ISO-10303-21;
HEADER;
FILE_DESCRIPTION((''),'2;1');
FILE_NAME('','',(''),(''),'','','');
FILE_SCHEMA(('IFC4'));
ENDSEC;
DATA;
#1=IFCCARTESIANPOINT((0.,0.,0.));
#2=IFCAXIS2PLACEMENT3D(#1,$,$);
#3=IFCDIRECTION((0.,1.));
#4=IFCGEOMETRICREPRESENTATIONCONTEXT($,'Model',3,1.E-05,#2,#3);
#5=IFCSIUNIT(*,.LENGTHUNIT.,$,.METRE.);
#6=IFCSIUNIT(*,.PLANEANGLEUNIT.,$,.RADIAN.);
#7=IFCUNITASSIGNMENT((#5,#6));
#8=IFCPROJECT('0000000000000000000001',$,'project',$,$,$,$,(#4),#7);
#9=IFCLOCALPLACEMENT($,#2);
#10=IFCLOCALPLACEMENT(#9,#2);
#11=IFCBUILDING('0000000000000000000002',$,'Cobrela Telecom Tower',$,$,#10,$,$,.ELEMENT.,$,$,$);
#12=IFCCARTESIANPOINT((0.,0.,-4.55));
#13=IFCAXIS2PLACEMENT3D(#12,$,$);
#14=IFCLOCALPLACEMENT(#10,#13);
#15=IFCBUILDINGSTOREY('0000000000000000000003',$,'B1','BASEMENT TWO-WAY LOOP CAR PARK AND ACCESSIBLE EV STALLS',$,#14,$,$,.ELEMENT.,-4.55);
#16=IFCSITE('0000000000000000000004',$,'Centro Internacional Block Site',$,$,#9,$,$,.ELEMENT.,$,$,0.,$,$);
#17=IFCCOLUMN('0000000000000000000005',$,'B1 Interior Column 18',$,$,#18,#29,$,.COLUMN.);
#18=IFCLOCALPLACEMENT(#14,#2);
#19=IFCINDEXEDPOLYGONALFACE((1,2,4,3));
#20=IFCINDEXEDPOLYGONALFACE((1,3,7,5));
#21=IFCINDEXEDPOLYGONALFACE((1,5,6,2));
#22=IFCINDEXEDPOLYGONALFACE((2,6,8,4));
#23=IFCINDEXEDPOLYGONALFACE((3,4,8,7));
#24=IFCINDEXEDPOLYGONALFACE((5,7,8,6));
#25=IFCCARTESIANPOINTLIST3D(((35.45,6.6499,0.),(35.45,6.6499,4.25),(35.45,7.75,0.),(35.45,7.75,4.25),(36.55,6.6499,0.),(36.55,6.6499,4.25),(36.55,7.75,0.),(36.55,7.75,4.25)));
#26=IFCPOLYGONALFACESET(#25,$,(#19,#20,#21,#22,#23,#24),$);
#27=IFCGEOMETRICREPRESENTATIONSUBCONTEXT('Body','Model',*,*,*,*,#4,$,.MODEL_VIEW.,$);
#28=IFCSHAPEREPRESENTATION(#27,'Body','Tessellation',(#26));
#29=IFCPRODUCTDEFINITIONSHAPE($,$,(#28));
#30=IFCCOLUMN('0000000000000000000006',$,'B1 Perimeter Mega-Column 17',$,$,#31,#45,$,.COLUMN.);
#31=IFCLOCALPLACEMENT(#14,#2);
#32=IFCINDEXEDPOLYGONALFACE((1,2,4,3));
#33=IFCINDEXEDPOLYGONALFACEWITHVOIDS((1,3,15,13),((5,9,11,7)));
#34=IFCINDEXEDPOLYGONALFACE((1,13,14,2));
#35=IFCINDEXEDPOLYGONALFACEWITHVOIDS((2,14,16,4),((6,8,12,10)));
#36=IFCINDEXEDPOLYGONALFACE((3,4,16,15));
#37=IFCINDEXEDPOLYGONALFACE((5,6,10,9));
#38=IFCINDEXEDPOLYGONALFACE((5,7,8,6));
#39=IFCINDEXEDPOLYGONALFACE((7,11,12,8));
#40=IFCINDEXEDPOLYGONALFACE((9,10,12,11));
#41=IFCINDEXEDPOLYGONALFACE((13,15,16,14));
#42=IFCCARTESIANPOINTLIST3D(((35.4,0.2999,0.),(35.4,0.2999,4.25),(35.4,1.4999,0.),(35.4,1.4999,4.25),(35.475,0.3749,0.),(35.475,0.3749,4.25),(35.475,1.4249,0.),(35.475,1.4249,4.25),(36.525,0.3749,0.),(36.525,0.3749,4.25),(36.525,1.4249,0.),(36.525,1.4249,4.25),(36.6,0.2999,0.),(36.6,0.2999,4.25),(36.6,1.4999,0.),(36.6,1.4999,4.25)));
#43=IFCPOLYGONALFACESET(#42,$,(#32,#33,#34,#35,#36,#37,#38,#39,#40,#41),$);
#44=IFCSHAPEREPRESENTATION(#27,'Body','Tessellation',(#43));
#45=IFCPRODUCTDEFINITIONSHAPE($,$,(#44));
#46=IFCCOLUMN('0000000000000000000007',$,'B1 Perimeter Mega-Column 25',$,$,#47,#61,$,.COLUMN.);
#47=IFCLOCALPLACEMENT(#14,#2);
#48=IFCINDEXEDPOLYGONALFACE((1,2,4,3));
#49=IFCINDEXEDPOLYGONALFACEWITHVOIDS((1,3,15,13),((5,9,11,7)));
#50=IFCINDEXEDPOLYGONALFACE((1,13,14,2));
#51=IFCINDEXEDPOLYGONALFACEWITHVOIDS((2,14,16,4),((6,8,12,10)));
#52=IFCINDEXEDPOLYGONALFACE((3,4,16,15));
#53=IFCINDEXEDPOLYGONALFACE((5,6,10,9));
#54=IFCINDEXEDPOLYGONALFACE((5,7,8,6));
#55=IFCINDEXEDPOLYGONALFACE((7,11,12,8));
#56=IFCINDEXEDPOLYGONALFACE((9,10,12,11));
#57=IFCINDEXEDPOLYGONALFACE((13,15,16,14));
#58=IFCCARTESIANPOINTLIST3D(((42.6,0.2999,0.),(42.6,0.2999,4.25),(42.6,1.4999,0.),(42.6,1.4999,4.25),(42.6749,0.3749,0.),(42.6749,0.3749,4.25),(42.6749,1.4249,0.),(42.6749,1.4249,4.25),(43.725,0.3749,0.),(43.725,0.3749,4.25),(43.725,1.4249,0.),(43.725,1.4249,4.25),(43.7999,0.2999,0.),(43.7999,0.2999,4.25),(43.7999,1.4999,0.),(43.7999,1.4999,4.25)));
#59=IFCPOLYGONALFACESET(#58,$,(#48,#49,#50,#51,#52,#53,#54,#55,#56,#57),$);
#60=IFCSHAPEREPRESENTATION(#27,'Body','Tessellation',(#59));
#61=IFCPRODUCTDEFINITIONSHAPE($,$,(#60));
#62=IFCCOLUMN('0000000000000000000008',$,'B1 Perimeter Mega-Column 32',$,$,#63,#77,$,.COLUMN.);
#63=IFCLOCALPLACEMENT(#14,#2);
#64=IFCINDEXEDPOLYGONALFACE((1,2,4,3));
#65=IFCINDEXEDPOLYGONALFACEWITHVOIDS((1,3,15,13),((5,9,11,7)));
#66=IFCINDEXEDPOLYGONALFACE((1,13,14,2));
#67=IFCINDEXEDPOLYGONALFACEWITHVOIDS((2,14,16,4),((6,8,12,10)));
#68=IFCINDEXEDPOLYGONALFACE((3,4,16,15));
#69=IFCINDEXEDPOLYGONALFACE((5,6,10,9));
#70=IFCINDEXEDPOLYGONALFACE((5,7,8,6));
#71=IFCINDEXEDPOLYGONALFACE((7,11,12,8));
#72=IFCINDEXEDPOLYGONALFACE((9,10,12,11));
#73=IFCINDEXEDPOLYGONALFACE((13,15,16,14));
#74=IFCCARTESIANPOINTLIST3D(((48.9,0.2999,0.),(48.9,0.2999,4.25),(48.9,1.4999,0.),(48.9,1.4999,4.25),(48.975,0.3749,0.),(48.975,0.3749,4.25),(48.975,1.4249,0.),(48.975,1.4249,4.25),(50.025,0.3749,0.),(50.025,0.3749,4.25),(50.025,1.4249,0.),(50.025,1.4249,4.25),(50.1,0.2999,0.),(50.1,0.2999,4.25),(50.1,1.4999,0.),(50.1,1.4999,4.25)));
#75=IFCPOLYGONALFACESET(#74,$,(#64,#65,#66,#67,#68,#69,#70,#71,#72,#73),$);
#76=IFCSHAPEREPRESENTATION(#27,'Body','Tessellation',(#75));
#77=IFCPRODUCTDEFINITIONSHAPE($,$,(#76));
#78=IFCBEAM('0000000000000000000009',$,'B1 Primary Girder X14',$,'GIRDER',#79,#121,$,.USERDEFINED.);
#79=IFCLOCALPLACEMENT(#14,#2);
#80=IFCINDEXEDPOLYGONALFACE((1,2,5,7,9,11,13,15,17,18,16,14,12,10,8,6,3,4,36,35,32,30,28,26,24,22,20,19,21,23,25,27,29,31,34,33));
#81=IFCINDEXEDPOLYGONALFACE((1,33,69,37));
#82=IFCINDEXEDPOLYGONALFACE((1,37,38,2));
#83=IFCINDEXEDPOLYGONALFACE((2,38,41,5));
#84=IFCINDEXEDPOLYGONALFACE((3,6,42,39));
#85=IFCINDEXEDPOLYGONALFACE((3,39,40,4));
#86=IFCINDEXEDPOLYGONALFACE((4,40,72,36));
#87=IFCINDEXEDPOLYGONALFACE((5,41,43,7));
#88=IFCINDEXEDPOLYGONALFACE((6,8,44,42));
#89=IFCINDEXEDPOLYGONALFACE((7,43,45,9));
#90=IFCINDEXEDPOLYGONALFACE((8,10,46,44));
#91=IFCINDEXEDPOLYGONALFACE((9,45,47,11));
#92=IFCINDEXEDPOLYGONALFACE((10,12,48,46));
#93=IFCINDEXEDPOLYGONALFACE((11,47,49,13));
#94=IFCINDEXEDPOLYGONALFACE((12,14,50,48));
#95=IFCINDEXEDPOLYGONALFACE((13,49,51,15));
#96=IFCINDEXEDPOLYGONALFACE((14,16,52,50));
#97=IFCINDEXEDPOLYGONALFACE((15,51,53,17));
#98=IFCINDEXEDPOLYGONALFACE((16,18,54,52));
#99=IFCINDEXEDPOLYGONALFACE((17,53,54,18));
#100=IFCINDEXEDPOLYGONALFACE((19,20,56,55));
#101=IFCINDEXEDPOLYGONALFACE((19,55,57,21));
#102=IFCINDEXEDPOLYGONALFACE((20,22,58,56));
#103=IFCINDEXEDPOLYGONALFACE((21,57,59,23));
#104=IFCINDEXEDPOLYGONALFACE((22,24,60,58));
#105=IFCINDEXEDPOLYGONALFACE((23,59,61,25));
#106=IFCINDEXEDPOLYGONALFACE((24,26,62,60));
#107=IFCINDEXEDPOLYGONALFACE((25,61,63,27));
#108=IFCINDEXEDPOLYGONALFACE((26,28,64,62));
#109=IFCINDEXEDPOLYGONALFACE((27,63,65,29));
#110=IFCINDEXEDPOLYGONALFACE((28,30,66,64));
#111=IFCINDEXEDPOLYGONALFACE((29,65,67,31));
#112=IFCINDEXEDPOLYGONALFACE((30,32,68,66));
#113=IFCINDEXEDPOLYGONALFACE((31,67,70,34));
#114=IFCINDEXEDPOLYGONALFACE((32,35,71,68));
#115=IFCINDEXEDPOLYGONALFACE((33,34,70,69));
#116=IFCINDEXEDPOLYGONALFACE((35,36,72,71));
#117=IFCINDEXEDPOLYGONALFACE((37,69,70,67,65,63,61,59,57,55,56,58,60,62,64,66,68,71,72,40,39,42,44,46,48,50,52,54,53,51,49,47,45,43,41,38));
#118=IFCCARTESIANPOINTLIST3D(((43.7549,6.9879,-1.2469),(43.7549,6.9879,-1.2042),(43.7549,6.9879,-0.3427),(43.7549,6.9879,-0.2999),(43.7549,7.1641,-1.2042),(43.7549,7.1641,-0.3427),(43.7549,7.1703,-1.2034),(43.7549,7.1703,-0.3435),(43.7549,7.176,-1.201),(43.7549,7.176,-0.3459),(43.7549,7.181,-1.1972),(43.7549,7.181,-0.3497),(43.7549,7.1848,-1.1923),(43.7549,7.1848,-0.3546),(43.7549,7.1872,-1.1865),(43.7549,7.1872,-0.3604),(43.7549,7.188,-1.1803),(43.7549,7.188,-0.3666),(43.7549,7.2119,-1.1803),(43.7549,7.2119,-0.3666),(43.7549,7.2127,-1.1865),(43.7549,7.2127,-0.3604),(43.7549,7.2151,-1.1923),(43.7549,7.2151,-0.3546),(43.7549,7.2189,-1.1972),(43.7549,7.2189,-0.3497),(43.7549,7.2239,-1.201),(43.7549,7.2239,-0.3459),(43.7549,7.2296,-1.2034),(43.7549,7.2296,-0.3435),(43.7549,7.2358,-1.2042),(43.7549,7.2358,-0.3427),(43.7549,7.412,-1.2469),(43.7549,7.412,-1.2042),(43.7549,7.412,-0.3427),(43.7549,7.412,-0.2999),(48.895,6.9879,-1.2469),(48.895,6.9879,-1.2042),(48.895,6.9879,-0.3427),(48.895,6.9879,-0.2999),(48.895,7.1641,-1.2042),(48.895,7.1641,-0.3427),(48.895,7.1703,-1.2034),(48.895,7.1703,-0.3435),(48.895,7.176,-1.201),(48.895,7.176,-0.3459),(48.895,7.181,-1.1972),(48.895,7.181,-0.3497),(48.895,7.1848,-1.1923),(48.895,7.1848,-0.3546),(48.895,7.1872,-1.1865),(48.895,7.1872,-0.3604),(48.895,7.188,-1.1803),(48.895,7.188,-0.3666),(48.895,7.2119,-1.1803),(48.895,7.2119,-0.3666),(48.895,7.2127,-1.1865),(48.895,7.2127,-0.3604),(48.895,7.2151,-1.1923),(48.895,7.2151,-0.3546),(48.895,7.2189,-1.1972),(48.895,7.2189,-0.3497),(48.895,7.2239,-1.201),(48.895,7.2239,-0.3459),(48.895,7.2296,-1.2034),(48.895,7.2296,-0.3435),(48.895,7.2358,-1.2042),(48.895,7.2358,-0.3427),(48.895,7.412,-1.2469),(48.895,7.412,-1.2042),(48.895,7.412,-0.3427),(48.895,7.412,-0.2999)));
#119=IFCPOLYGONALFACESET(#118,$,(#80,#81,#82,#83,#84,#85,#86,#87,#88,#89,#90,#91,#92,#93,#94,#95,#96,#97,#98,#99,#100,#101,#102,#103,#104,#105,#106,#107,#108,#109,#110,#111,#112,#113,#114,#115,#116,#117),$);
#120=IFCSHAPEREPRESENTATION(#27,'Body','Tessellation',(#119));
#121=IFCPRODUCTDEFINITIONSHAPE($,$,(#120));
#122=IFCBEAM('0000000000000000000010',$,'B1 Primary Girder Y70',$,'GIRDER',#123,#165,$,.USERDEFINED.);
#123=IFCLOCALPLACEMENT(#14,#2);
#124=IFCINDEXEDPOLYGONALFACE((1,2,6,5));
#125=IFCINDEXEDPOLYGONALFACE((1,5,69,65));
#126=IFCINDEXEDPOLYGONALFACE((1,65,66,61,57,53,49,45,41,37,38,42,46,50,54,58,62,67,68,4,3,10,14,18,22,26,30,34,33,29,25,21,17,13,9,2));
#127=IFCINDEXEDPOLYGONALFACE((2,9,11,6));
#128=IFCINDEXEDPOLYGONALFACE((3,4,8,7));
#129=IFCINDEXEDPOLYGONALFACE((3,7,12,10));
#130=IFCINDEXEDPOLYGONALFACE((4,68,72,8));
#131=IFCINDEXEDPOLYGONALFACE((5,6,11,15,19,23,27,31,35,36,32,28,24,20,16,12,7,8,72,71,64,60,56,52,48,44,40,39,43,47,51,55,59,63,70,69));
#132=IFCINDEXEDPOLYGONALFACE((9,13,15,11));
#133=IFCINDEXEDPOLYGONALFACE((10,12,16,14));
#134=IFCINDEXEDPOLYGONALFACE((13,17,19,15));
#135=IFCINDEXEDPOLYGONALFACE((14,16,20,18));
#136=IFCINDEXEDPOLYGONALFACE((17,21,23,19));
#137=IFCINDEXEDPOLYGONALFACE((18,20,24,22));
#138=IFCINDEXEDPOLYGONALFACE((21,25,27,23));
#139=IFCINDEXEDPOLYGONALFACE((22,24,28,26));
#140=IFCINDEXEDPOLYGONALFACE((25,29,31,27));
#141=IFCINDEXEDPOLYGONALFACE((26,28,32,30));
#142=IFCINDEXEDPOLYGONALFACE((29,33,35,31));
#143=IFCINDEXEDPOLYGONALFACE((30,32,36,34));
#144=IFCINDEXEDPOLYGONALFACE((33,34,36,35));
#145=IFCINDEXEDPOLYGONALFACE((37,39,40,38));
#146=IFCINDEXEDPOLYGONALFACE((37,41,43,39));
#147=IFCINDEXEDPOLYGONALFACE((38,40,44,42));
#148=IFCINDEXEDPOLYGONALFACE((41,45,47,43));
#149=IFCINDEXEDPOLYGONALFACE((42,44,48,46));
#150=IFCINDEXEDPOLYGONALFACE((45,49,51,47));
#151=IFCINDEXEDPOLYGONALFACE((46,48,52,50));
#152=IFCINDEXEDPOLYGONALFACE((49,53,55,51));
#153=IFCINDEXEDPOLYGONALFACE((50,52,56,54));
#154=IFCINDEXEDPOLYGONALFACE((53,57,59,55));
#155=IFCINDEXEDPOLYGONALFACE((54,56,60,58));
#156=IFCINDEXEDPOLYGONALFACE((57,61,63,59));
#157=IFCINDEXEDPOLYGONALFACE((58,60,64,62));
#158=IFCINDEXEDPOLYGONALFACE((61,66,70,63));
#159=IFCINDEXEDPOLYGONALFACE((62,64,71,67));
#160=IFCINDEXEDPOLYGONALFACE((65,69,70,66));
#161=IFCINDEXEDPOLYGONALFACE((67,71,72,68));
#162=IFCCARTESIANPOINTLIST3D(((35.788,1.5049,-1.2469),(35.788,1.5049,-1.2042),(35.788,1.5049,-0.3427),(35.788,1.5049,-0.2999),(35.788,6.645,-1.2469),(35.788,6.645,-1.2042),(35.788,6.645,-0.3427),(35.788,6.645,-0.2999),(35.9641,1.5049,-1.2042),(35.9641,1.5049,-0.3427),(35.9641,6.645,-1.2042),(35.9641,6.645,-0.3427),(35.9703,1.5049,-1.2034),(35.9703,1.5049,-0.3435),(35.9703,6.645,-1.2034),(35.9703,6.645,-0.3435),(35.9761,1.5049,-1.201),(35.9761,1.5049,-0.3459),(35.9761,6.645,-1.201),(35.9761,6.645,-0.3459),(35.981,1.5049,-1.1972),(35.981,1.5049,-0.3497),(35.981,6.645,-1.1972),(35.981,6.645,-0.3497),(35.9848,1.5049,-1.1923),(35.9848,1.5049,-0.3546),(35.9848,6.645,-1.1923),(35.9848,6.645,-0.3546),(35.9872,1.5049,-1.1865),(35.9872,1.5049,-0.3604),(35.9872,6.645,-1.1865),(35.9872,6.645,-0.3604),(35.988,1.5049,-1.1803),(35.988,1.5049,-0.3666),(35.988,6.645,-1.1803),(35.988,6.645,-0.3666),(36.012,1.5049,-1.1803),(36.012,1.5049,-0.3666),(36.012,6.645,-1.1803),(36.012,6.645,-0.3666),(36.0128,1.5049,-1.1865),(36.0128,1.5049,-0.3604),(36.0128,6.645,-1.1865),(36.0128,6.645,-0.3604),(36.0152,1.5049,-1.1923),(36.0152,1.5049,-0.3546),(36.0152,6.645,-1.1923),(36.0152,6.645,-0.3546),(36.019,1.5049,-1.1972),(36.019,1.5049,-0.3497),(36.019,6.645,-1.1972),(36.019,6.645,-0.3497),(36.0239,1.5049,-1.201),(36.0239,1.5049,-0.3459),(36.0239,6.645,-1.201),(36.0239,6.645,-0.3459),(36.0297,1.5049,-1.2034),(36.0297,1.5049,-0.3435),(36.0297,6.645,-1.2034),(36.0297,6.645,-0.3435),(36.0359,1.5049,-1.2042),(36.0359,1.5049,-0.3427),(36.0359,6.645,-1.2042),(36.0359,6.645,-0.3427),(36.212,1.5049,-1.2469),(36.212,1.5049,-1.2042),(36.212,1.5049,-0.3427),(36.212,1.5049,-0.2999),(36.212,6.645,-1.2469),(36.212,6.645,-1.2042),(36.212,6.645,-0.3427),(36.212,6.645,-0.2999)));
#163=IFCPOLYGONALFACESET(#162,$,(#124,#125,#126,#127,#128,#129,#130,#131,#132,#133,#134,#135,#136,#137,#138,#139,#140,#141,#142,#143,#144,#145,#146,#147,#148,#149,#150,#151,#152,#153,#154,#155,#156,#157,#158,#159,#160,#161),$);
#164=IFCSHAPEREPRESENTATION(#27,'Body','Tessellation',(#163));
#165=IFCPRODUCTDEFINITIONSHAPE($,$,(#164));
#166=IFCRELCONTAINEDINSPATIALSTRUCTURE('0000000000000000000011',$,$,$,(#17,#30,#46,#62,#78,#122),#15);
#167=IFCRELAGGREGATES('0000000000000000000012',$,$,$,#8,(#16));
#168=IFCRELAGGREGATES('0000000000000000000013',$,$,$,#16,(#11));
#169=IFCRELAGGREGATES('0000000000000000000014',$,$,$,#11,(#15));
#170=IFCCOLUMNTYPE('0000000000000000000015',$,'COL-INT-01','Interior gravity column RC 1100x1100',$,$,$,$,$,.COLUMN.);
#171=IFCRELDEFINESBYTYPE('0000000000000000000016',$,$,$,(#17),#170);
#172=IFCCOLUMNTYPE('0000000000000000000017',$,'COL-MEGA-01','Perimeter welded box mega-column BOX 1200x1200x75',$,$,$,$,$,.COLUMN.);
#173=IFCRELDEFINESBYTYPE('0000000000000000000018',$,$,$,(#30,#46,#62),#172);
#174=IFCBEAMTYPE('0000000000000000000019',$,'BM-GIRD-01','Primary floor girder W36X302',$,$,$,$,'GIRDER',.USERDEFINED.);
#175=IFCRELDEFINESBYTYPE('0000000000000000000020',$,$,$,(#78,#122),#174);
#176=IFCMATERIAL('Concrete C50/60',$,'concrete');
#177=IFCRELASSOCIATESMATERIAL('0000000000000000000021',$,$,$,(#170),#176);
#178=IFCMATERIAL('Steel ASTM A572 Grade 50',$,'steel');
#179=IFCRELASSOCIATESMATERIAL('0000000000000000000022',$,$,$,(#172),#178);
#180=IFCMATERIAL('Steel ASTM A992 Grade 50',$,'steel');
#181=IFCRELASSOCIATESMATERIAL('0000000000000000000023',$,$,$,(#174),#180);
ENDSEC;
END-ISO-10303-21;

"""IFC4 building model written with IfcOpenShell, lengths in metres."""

from ifc_helpers import new_model, si_unit, direction, frame, origin, origin_2d, place, context, subcontext, project, spatial, rectangle, hollow_rectangle, i_section, extrude, material, material_profile, profile_set, type_object, element, save


model = new_model("IFC4")

# Units and contexts
model_context = context("Model", 3, precision=1e-05, world=origin(), true_north=direction((0.0, 1.0)))
body_context = subcontext(model_context, "Body", "Model", "MODEL_VIEW")
ifc_project = project(units=[si_unit("LENGTHUNIT", "METRE"), si_unit("PLANEANGLEUNIT", "RADIAN")], contexts=[model_context])

# Site, building, storey
site_placement = place(None, origin())
site = spatial("IfcSite", under=ifc_project, at=site_placement, Name="Centro Internacional Block Site", CompositionType="ELEMENT", RefElevation=0.0)
building_placement = place(site_placement, origin())
building = spatial("IfcBuilding", under=site, at=building_placement, Name="Cobrela Telecom Tower", CompositionType="ELEMENT")
storey_placement = place(building_placement, frame((0.0, 0.0, -4.55)))
storey = spatial("IfcBuildingStorey", under=building, at=storey_placement, Name="B1", Description="BASEMENT TWO-WAY LOOP CAR PARK AND ACCESSIBLE EV STALLS", CompositionType="ELEMENT", Elevation=-4.55)

# Columns
ifc_material_1 = material(Name="Concrete C50/60", Category="concrete")
ifc_material_profile_1 = material_profile(ifc_material_1, rectangle(XDim=1.1001, YDim=1.1001, at=origin_2d()), Name="RC 1100x1100")
ifc_profile_set_1 = profile_set([ifc_material_profile_1], Name="Concrete C50/60")
column_type_1 = type_object("IfcColumnType", Name="COL-INT-01", Description="Interior gravity column RC 1100x1100", PredefinedType="COLUMN", material=ifc_profile_set_1)
column_placement = place(storey_placement, frame((36.0, 7.2, 0.0), z_axis=(0.0, 0.0, 1.0), x_axis=(1.0, 0.0, 0.0)))
element("IfcColumn", 1, at=column_placement, inside=storey, type_object=column_type_1, Name="B1 Interior Column 18", PredefinedType="COLUMN", context=body_context, shape_type="SweptSolid", body=[
    extrude(rectangle(XDim=1.1001, YDim=1.1001, at=origin_2d()), origin(), (0.0, 0.0, 1.0), 4.25),
])
ifc_material_2 = material(Name="Steel ASTM A572 Grade 50", Category="steel")
ifc_material_profile_2 = material_profile(ifc_material_2, hollow_rectangle(XDim=1.2, YDim=1.2, WallThickness=0.075, at=origin_2d()), Name="BOX 1200x1200x75")
ifc_profile_set_2 = profile_set([ifc_material_profile_2], Name="Steel ASTM A572 Grade 50")
column_type_2 = type_object("IfcColumnType", Name="COL-MEGA-01", Description="Perimeter welded box mega-column BOX 1200x1200x75", PredefinedType="COLUMN", material=ifc_profile_set_2)
for number, where, z_axis, x_axis, name in (
    (2, (36.0, 0.8999, 0.0), (0.0, 0.0, 1.0), (1.0, 0.0, 0.0), "B1 Perimeter Mega-Column 17"),
    (3, (43.2, 0.8999, 0.0), (0.0, 0.0, 1.0), (1.0, 0.0, 0.0), "B1 Perimeter Mega-Column 25"),
    (4, (49.5, 0.8999, 0.0), (0.0, 0.0, 1.0), (1.0, 0.0, 0.0), "B1 Perimeter Mega-Column 32"),
):
    element("IfcColumn", number, at=place(storey_placement, frame(where, z_axis=z_axis, x_axis=x_axis)), inside=storey, type_object=column_type_2, Name=name, PredefinedType="COLUMN", context=body_context, shape_type="SweptSolid", body=[
        extrude(hollow_rectangle(XDim=1.2, YDim=1.2, WallThickness=0.075, at=origin_2d()), origin(), (0.0, 0.0, 1.0), 4.25),
    ])

# Beams
ifc_material_3 = material(Name="Steel ASTM A992 Grade 50", Category="steel")
ifc_material_profile_3 = material_profile(ifc_material_3, i_section(OverallWidth=0.4241, OverallDepth=0.947, WebThickness=0.0239, FlangeThickness=0.0427, FilletRadius=0.0239, at=origin_2d()), Name="W36X302")
ifc_profile_set_3 = profile_set([ifc_material_profile_3], Name="Steel ASTM A992 Grade 50")
beam_type_1 = type_object("IfcBeamType", Name="BM-GIRD-01", Description="Primary floor girder W36X302", ElementType="GIRDER", PredefinedType="USERDEFINED", material=ifc_profile_set_3)
for number, where, z_axis, x_axis, name in (
    (5, (43.7549, 7.2, -0.7734), (1.0, 0.0, 0.0), (0.0, 1.0, 0.0), "B1 Primary Girder X14"),
    (6, (36.0, 1.5049, -0.7734), (0.0, 1.0, 0.0), (-1.0, 0.0, 0.0), "B1 Primary Girder Y70"),
):
    element("IfcBeam", number, at=place(storey_placement, frame(where, z_axis=z_axis, x_axis=x_axis)), inside=storey, type_object=beam_type_1, Name=name, ObjectType="GIRDER", PredefinedType="USERDEFINED", context=body_context, shape_type="SweptSolid", body=[
        extrude(i_section(OverallWidth=0.4241, OverallDepth=0.947, WebThickness=0.0239, FlangeThickness=0.0427, FilletRadius=0.0239, at=origin_2d()), origin(), (0.0, 0.0, 1.0), 5.1401),
    ])

save(model, "model.ifc")
